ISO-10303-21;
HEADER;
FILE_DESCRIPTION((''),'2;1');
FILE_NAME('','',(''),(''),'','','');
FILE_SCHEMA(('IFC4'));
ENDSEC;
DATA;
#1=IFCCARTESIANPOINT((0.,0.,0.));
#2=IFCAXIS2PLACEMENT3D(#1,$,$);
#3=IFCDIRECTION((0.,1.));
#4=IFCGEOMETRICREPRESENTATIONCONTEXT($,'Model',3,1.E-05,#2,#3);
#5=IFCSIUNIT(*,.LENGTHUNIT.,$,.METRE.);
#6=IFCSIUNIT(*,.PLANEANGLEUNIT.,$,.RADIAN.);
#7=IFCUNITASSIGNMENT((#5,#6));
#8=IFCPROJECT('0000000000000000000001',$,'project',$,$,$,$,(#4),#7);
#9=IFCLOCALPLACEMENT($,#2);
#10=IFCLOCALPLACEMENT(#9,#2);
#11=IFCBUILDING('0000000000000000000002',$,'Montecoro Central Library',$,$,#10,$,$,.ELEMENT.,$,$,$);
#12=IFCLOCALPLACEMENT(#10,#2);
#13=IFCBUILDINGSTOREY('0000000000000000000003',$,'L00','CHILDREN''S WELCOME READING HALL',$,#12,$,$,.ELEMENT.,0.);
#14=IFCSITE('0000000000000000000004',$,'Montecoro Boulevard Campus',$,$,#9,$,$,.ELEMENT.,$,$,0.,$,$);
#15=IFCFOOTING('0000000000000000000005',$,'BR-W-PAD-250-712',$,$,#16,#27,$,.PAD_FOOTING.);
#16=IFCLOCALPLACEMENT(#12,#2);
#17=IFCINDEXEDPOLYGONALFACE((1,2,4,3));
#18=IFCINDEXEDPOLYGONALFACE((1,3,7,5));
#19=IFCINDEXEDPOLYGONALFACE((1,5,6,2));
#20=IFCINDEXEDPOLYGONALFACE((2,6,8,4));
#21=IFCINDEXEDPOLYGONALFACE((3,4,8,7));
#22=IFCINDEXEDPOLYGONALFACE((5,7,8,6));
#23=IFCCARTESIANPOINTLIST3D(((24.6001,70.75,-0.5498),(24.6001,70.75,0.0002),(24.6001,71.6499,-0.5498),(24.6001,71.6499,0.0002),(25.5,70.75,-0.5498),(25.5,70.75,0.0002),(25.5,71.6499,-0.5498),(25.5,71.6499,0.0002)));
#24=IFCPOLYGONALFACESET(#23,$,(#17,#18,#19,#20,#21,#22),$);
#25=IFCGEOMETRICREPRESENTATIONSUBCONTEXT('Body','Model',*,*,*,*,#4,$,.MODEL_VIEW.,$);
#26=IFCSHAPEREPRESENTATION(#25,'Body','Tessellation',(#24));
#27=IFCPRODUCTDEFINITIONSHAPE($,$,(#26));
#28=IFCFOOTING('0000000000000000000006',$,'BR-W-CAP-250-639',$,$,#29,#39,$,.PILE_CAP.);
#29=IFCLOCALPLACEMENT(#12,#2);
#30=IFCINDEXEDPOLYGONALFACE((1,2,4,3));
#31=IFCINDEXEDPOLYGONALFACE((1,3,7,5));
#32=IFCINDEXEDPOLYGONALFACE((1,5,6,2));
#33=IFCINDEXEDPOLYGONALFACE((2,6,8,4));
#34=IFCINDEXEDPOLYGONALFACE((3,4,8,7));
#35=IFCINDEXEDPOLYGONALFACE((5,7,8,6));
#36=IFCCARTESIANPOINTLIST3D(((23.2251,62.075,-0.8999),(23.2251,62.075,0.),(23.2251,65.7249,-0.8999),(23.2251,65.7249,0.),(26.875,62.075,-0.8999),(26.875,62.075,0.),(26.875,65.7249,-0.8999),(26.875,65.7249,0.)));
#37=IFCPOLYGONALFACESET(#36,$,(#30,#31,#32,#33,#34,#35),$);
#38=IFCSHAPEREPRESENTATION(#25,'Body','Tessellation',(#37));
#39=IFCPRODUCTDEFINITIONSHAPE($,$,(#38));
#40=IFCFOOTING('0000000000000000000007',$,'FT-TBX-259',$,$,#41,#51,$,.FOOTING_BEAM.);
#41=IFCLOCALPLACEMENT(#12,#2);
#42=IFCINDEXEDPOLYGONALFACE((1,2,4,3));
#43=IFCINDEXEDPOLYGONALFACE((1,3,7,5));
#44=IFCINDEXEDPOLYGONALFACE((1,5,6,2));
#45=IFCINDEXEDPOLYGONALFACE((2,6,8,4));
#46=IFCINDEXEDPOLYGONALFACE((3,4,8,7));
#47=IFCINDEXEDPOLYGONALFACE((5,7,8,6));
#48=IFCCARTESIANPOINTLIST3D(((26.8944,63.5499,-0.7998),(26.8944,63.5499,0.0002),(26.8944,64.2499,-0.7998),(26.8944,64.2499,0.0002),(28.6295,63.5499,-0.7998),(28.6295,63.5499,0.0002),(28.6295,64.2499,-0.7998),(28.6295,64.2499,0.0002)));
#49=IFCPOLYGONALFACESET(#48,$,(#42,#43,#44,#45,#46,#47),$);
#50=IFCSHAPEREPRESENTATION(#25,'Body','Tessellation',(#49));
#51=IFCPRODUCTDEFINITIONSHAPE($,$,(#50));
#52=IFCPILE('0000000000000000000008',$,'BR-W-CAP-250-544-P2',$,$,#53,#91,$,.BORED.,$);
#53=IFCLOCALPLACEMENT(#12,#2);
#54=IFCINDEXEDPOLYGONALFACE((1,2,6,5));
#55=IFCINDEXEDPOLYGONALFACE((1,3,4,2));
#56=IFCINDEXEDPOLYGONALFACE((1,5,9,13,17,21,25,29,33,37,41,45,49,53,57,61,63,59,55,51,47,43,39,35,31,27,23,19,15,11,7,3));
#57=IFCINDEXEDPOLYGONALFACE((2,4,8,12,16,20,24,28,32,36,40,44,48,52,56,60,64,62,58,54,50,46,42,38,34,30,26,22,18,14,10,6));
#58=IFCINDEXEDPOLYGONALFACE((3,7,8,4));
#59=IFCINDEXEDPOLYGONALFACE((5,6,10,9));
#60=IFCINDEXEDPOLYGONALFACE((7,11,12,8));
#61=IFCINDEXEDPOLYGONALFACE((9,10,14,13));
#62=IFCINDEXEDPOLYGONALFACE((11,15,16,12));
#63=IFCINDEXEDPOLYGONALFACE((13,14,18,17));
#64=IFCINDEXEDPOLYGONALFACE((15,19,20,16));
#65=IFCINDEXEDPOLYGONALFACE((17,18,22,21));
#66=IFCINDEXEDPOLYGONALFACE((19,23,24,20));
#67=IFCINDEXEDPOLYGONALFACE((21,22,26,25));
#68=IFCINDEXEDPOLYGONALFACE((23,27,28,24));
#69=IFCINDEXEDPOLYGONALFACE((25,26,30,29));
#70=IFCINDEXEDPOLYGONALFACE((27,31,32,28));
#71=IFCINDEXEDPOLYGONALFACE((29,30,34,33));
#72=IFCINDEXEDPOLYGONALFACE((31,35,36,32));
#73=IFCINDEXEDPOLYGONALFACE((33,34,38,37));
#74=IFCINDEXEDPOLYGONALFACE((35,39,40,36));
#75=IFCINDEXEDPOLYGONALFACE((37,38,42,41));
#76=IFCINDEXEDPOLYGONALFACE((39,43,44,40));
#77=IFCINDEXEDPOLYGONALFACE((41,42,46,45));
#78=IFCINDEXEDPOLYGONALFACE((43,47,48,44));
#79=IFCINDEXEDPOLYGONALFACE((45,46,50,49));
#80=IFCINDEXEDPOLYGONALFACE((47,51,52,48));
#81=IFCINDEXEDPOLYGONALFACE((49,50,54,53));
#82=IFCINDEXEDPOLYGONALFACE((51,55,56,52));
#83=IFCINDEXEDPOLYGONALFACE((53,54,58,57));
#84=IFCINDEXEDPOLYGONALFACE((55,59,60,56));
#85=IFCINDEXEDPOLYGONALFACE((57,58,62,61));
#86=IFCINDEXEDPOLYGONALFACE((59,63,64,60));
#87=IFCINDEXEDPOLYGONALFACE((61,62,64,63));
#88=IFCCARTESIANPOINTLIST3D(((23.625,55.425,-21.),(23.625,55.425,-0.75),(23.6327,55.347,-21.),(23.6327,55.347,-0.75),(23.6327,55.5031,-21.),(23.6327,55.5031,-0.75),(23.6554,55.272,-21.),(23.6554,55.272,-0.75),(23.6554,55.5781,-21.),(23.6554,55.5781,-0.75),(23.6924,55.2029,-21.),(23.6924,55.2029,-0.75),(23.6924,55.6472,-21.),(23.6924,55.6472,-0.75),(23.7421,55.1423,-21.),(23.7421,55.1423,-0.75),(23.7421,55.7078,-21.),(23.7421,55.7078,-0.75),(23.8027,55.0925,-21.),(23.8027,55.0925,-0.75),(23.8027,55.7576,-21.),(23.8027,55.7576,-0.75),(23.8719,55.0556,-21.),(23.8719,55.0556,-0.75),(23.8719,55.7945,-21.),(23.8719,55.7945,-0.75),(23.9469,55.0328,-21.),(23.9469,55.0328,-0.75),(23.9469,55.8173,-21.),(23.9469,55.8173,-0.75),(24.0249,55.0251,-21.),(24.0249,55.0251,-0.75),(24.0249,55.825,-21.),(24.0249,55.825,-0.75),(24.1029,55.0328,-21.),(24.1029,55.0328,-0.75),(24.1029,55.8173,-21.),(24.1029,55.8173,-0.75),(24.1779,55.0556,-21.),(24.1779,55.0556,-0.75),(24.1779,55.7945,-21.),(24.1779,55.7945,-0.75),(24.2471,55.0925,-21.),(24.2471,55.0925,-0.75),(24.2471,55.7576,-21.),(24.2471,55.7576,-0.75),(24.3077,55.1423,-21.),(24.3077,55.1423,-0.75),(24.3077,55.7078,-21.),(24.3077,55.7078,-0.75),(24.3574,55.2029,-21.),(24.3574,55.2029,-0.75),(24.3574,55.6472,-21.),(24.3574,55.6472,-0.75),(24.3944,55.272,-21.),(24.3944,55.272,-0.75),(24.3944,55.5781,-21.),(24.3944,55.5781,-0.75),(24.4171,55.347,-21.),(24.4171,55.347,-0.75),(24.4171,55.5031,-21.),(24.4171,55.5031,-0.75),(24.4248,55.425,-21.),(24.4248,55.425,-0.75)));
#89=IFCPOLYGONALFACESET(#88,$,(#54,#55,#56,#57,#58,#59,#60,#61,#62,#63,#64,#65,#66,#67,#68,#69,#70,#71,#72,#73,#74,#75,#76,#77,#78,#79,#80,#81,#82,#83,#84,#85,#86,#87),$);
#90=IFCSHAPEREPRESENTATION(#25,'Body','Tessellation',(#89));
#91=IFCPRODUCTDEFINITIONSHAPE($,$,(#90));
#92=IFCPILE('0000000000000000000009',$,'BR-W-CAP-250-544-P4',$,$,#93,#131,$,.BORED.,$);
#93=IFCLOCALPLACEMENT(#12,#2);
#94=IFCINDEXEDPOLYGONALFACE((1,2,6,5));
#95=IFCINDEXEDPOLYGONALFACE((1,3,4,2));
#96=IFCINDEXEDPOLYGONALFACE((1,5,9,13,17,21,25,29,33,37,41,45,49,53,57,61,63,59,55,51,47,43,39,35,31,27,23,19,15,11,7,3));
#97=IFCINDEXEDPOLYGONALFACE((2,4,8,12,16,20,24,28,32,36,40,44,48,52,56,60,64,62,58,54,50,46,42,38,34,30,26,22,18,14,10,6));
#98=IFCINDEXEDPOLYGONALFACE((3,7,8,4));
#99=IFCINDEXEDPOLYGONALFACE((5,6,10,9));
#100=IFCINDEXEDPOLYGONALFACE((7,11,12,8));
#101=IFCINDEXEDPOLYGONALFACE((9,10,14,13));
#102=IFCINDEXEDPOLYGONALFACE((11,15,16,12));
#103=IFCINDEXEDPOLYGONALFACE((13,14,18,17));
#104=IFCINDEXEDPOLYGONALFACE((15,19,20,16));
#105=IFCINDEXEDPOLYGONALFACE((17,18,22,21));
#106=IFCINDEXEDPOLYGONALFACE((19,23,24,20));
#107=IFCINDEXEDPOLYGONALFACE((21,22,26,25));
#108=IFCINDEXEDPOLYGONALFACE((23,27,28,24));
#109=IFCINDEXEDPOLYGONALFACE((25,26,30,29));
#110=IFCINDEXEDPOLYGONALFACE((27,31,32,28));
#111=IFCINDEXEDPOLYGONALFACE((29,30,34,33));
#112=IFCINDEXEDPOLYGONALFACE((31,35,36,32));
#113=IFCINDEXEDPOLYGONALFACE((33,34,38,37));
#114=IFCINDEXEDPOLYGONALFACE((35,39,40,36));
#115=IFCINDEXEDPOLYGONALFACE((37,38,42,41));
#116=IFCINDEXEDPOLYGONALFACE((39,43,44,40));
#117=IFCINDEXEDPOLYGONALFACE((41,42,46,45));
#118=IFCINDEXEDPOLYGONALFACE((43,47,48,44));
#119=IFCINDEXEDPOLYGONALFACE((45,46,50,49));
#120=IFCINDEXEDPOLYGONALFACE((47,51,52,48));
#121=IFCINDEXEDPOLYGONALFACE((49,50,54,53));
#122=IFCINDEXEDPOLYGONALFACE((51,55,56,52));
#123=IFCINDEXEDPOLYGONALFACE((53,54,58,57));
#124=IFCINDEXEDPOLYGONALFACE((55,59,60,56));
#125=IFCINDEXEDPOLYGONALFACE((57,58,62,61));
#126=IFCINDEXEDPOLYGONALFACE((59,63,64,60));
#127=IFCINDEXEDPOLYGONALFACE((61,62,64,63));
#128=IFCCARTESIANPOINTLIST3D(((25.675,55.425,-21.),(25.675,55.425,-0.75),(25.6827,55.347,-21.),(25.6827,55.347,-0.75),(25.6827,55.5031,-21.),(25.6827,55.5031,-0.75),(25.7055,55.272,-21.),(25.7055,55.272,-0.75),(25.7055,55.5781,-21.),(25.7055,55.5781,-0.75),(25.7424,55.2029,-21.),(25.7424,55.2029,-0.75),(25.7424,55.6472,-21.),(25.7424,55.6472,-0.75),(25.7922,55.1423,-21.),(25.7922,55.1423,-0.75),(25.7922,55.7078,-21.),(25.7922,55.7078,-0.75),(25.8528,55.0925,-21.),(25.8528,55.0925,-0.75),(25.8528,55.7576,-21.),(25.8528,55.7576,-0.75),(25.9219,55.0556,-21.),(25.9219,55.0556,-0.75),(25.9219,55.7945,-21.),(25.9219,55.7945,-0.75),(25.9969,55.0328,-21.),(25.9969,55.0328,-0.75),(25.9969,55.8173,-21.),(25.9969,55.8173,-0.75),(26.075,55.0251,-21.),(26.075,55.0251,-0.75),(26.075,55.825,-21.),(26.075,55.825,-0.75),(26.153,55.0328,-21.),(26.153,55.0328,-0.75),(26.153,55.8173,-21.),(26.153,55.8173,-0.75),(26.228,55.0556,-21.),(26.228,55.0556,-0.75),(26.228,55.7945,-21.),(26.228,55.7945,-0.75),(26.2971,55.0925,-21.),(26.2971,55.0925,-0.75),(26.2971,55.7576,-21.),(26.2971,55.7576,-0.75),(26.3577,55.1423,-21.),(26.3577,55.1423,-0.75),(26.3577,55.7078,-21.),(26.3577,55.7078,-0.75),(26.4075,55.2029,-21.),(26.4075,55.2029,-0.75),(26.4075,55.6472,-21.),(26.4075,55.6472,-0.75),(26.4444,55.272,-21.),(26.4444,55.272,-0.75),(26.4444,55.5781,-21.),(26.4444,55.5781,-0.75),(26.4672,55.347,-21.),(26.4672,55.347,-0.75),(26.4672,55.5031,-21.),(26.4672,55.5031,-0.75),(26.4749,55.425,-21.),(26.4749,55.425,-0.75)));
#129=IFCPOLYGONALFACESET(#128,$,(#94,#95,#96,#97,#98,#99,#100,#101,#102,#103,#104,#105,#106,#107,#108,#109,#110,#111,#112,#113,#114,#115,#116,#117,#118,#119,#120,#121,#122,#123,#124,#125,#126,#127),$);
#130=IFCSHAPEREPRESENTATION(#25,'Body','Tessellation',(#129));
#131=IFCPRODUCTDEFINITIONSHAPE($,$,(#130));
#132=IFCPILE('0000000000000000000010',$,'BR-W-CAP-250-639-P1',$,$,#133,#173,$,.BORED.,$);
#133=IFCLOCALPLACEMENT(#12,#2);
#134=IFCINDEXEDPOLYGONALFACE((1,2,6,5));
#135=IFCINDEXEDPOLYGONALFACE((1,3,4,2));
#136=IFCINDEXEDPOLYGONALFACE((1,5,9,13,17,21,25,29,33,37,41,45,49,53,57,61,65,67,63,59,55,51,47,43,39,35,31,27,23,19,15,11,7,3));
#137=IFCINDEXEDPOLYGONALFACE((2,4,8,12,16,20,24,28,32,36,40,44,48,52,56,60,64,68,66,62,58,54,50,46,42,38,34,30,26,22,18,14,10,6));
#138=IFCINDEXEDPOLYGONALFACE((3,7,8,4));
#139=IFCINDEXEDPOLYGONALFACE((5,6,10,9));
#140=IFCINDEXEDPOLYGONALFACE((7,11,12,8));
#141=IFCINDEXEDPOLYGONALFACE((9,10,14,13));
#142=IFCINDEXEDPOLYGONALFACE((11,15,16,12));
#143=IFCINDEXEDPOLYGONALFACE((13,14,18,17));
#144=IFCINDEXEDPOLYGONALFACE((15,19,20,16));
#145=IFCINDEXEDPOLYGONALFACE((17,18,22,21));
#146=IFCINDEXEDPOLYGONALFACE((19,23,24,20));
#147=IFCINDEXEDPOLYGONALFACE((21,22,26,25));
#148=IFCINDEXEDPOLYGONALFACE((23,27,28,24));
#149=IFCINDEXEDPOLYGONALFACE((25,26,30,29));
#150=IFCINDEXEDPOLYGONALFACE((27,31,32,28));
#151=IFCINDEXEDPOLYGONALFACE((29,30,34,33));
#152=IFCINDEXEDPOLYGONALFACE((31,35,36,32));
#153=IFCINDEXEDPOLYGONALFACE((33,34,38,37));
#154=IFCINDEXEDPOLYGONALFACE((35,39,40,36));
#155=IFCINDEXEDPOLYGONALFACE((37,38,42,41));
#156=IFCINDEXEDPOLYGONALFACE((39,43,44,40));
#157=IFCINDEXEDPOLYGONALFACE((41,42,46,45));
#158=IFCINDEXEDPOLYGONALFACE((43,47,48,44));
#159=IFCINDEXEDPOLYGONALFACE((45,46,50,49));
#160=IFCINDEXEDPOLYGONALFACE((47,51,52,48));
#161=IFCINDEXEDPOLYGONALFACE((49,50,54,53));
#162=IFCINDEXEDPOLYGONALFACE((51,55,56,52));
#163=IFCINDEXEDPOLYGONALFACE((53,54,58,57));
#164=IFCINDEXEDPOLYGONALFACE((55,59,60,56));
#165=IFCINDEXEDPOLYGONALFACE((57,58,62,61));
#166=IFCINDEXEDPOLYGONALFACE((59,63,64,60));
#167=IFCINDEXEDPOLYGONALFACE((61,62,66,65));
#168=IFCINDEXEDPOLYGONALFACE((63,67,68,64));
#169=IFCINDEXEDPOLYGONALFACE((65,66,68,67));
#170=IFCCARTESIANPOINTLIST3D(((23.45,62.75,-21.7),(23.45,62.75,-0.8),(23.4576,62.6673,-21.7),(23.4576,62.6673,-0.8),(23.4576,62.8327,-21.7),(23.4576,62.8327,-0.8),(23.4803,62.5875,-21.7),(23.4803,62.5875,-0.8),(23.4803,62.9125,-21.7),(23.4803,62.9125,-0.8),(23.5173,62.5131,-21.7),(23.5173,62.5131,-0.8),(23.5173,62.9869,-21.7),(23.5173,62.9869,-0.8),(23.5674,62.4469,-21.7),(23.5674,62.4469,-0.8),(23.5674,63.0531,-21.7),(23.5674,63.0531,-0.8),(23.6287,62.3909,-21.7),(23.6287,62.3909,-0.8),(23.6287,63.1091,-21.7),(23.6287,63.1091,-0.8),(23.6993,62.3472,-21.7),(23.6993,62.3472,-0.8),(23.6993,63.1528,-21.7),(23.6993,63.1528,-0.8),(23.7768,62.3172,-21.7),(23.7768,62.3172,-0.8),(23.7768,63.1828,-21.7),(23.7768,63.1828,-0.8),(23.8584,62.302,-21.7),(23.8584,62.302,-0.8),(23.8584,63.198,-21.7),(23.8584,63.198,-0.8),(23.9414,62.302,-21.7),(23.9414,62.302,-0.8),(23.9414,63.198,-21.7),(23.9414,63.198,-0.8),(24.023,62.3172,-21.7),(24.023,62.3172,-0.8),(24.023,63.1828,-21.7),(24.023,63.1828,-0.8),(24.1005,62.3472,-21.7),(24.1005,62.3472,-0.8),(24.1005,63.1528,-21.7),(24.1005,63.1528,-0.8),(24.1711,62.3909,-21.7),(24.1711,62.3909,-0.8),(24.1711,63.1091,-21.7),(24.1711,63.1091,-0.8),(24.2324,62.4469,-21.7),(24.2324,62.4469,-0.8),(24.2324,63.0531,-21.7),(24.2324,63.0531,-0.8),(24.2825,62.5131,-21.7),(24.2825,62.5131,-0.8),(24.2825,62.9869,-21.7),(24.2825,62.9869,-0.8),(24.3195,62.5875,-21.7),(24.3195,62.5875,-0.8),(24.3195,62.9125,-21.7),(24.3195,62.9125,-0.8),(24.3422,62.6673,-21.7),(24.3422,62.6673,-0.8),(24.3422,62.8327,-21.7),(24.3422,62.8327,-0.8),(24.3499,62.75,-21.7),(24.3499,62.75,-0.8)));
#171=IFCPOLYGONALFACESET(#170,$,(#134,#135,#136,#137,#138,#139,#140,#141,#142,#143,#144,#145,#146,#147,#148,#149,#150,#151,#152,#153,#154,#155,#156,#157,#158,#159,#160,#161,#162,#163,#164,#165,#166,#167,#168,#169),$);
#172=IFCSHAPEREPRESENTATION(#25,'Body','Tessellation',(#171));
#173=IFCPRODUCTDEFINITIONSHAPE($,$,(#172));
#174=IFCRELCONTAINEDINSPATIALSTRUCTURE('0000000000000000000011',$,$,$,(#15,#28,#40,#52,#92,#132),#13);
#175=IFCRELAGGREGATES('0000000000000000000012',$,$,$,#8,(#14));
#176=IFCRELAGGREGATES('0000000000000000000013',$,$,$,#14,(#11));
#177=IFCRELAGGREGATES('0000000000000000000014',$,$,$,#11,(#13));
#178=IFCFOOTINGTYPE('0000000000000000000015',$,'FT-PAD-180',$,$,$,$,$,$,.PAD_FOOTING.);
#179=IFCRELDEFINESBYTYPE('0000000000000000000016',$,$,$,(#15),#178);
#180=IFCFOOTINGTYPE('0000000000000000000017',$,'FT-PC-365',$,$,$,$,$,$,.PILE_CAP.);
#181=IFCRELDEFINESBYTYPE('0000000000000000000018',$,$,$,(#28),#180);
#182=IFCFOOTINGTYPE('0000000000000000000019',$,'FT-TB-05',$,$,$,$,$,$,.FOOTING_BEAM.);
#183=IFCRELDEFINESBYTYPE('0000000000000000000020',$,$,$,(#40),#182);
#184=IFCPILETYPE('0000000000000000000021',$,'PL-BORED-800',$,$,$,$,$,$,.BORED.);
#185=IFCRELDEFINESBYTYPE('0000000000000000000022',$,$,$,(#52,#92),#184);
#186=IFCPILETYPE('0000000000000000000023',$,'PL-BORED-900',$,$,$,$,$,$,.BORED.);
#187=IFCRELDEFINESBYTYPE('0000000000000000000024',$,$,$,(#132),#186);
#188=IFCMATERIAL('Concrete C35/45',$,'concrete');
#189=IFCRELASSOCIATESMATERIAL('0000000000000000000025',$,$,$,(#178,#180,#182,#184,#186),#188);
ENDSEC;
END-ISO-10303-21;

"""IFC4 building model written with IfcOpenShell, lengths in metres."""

from ifc_helpers import new_model, si_unit, direction, frame, origin, origin_2d, place, context, subcontext, project, spatial, rectangle, circle, extrude, material, material_profile, profile_set, type_object, element, save


model = new_model("IFC4")

# Units and contexts
model_context = context("Model", 3, precision=1e-05, world=origin(), true_north=direction((0.0, 1.0)))
body_context = subcontext(model_context, "Body", "Model", "MODEL_VIEW")
ifc_project = project(units=[si_unit("LENGTHUNIT", "METRE"), si_unit("PLANEANGLEUNIT", "RADIAN")], contexts=[model_context])

# Site, building, storey
site_placement = place(None, origin())
site = spatial("IfcSite", under=ifc_project, at=site_placement, Name="Montecoro Boulevard Campus", CompositionType="ELEMENT", RefElevation=0.0)
building_placement = place(site_placement, origin())
building = spatial("IfcBuilding", under=site, at=building_placement, Name="Montecoro Central Library", CompositionType="ELEMENT")
storey_placement = place(building_placement, origin())
storey = spatial("IfcBuildingStorey", under=building, at=storey_placement, Name="L00", Description="CHILDREN'S WELCOME READING HALL", CompositionType="ELEMENT", Elevation=0.0)

# Footings
ifc_material_1 = material(Name="Concrete C35/45", Category="concrete")
footing_type_1 = type_object("IfcFootingType", Name="FT-PAD-180", PredefinedType="PAD_FOOTING", material=ifc_material_1)
footing_1_placement = place(storey_placement, frame((25.05, 71.2, -0.5498), z_axis=(0.0, 0.0, 1.0), x_axis=(1.0, 0.0, 0.0)))
element("IfcFooting", 1, at=footing_1_placement, inside=storey, type_object=footing_type_1, Name="BR-W-PAD-250-712", PredefinedType="PAD_FOOTING", context=body_context, shape_type="SweptSolid", body=[
    extrude(rectangle(XDim=0.8999, YDim=0.8999, at=origin_2d()), origin(), (0.0, 0.0, 1.0), 0.55),
])
footing_type_2 = type_object("IfcFootingType", Name="FT-PC-365", PredefinedType="PILE_CAP", material=ifc_material_1)
footing_2_placement = place(storey_placement, frame((25.05, 63.8999, -0.8999), z_axis=(0.0, 0.0, 1.0), x_axis=(1.0, 0.0, 0.0)))
element("IfcFooting", 2, at=footing_2_placement, inside=storey, type_object=footing_type_2, Name="BR-W-CAP-250-639", PredefinedType="PILE_CAP", context=body_context, shape_type="SweptSolid", body=[
    extrude(rectangle(XDim=3.6499, YDim=3.6499, at=origin_2d()), origin(), (0.0, 0.0, 1.0), 0.8999),
])
footing_type_3 = type_object("IfcFootingType", Name="FT-TB-05", PredefinedType="FOOTING_BEAM", material=ifc_material_1)
footing_3_placement = place(storey_placement, frame((27.762, 63.8999, -0.7998), z_axis=(0.0, 0.0, 1.0), x_axis=(1.0, 0.0, 0.0)))
element("IfcFooting", 3, at=footing_3_placement, inside=storey, type_object=footing_type_3, Name="FT-TBX-259", PredefinedType="FOOTING_BEAM", context=body_context, shape_type="SweptSolid", body=[
    extrude(rectangle(XDim=1.7351, YDim=0.7, at=origin_2d()), origin(), (0.0, 0.0, 1.0), 0.8),
])

# Piles
ifc_material_profile_1 = material_profile(ifc_material_1, circle(Radius=0.3999, at=origin_2d()), Name="PILE D800")
ifc_profile_set_1 = profile_set([ifc_material_profile_1], Name="Concrete C35/45")
pile_type_1 = type_object("IfcPileType", Name="PL-BORED-800", PredefinedType="BORED", material=ifc_profile_set_1)
for number, where, z_axis, x_axis, name in (
    (4, (24.0249, 55.425, -0.75), (0.0, 0.0, -1.0), (1.0, 0.0, 0.0), "BR-W-CAP-250-544-P2"),
    (5, (26.075, 55.425, -0.75), (0.0, 0.0, -1.0), (1.0, 0.0, 0.0), "BR-W-CAP-250-544-P4"),
):
    element("IfcPile", number, at=place(storey_placement, frame(where, z_axis=z_axis, x_axis=x_axis)), inside=storey, type_object=pile_type_1, Name=name, PredefinedType="BORED", context=body_context, shape_type="SweptSolid", body=[
        extrude(circle(Radius=0.3999, at=origin_2d()), origin(), (0.0, 0.0, 1.0), 20.25),
    ])
ifc_material_profile_2 = material_profile(ifc_material_1, circle(Radius=0.45, at=origin_2d()), Name="PILE D900")
ifc_profile_set_2 = profile_set([ifc_material_profile_2], Name="Concrete C35/45")
pile_type_2 = type_object("IfcPileType", Name="PL-BORED-900", PredefinedType="BORED", material=ifc_profile_set_2)
for number, where, z_axis, x_axis, name in (
    (6, (23.8999, 62.75, -0.8), (0.0, 0.0, -1.0), (1.0, 0.0, 0.0), "BR-W-CAP-250-639-P1"),
):
    element("IfcPile", number, at=place(storey_placement, frame(where, z_axis=z_axis, x_axis=x_axis)), inside=storey, type_object=pile_type_2, Name=name, PredefinedType="BORED", context=body_context, shape_type="SweptSolid", body=[
        extrude(circle(Radius=0.45, at=origin_2d()), origin(), (0.0, 0.0, 1.0), 20.8999),
    ])

save(model, "model.ifc")
